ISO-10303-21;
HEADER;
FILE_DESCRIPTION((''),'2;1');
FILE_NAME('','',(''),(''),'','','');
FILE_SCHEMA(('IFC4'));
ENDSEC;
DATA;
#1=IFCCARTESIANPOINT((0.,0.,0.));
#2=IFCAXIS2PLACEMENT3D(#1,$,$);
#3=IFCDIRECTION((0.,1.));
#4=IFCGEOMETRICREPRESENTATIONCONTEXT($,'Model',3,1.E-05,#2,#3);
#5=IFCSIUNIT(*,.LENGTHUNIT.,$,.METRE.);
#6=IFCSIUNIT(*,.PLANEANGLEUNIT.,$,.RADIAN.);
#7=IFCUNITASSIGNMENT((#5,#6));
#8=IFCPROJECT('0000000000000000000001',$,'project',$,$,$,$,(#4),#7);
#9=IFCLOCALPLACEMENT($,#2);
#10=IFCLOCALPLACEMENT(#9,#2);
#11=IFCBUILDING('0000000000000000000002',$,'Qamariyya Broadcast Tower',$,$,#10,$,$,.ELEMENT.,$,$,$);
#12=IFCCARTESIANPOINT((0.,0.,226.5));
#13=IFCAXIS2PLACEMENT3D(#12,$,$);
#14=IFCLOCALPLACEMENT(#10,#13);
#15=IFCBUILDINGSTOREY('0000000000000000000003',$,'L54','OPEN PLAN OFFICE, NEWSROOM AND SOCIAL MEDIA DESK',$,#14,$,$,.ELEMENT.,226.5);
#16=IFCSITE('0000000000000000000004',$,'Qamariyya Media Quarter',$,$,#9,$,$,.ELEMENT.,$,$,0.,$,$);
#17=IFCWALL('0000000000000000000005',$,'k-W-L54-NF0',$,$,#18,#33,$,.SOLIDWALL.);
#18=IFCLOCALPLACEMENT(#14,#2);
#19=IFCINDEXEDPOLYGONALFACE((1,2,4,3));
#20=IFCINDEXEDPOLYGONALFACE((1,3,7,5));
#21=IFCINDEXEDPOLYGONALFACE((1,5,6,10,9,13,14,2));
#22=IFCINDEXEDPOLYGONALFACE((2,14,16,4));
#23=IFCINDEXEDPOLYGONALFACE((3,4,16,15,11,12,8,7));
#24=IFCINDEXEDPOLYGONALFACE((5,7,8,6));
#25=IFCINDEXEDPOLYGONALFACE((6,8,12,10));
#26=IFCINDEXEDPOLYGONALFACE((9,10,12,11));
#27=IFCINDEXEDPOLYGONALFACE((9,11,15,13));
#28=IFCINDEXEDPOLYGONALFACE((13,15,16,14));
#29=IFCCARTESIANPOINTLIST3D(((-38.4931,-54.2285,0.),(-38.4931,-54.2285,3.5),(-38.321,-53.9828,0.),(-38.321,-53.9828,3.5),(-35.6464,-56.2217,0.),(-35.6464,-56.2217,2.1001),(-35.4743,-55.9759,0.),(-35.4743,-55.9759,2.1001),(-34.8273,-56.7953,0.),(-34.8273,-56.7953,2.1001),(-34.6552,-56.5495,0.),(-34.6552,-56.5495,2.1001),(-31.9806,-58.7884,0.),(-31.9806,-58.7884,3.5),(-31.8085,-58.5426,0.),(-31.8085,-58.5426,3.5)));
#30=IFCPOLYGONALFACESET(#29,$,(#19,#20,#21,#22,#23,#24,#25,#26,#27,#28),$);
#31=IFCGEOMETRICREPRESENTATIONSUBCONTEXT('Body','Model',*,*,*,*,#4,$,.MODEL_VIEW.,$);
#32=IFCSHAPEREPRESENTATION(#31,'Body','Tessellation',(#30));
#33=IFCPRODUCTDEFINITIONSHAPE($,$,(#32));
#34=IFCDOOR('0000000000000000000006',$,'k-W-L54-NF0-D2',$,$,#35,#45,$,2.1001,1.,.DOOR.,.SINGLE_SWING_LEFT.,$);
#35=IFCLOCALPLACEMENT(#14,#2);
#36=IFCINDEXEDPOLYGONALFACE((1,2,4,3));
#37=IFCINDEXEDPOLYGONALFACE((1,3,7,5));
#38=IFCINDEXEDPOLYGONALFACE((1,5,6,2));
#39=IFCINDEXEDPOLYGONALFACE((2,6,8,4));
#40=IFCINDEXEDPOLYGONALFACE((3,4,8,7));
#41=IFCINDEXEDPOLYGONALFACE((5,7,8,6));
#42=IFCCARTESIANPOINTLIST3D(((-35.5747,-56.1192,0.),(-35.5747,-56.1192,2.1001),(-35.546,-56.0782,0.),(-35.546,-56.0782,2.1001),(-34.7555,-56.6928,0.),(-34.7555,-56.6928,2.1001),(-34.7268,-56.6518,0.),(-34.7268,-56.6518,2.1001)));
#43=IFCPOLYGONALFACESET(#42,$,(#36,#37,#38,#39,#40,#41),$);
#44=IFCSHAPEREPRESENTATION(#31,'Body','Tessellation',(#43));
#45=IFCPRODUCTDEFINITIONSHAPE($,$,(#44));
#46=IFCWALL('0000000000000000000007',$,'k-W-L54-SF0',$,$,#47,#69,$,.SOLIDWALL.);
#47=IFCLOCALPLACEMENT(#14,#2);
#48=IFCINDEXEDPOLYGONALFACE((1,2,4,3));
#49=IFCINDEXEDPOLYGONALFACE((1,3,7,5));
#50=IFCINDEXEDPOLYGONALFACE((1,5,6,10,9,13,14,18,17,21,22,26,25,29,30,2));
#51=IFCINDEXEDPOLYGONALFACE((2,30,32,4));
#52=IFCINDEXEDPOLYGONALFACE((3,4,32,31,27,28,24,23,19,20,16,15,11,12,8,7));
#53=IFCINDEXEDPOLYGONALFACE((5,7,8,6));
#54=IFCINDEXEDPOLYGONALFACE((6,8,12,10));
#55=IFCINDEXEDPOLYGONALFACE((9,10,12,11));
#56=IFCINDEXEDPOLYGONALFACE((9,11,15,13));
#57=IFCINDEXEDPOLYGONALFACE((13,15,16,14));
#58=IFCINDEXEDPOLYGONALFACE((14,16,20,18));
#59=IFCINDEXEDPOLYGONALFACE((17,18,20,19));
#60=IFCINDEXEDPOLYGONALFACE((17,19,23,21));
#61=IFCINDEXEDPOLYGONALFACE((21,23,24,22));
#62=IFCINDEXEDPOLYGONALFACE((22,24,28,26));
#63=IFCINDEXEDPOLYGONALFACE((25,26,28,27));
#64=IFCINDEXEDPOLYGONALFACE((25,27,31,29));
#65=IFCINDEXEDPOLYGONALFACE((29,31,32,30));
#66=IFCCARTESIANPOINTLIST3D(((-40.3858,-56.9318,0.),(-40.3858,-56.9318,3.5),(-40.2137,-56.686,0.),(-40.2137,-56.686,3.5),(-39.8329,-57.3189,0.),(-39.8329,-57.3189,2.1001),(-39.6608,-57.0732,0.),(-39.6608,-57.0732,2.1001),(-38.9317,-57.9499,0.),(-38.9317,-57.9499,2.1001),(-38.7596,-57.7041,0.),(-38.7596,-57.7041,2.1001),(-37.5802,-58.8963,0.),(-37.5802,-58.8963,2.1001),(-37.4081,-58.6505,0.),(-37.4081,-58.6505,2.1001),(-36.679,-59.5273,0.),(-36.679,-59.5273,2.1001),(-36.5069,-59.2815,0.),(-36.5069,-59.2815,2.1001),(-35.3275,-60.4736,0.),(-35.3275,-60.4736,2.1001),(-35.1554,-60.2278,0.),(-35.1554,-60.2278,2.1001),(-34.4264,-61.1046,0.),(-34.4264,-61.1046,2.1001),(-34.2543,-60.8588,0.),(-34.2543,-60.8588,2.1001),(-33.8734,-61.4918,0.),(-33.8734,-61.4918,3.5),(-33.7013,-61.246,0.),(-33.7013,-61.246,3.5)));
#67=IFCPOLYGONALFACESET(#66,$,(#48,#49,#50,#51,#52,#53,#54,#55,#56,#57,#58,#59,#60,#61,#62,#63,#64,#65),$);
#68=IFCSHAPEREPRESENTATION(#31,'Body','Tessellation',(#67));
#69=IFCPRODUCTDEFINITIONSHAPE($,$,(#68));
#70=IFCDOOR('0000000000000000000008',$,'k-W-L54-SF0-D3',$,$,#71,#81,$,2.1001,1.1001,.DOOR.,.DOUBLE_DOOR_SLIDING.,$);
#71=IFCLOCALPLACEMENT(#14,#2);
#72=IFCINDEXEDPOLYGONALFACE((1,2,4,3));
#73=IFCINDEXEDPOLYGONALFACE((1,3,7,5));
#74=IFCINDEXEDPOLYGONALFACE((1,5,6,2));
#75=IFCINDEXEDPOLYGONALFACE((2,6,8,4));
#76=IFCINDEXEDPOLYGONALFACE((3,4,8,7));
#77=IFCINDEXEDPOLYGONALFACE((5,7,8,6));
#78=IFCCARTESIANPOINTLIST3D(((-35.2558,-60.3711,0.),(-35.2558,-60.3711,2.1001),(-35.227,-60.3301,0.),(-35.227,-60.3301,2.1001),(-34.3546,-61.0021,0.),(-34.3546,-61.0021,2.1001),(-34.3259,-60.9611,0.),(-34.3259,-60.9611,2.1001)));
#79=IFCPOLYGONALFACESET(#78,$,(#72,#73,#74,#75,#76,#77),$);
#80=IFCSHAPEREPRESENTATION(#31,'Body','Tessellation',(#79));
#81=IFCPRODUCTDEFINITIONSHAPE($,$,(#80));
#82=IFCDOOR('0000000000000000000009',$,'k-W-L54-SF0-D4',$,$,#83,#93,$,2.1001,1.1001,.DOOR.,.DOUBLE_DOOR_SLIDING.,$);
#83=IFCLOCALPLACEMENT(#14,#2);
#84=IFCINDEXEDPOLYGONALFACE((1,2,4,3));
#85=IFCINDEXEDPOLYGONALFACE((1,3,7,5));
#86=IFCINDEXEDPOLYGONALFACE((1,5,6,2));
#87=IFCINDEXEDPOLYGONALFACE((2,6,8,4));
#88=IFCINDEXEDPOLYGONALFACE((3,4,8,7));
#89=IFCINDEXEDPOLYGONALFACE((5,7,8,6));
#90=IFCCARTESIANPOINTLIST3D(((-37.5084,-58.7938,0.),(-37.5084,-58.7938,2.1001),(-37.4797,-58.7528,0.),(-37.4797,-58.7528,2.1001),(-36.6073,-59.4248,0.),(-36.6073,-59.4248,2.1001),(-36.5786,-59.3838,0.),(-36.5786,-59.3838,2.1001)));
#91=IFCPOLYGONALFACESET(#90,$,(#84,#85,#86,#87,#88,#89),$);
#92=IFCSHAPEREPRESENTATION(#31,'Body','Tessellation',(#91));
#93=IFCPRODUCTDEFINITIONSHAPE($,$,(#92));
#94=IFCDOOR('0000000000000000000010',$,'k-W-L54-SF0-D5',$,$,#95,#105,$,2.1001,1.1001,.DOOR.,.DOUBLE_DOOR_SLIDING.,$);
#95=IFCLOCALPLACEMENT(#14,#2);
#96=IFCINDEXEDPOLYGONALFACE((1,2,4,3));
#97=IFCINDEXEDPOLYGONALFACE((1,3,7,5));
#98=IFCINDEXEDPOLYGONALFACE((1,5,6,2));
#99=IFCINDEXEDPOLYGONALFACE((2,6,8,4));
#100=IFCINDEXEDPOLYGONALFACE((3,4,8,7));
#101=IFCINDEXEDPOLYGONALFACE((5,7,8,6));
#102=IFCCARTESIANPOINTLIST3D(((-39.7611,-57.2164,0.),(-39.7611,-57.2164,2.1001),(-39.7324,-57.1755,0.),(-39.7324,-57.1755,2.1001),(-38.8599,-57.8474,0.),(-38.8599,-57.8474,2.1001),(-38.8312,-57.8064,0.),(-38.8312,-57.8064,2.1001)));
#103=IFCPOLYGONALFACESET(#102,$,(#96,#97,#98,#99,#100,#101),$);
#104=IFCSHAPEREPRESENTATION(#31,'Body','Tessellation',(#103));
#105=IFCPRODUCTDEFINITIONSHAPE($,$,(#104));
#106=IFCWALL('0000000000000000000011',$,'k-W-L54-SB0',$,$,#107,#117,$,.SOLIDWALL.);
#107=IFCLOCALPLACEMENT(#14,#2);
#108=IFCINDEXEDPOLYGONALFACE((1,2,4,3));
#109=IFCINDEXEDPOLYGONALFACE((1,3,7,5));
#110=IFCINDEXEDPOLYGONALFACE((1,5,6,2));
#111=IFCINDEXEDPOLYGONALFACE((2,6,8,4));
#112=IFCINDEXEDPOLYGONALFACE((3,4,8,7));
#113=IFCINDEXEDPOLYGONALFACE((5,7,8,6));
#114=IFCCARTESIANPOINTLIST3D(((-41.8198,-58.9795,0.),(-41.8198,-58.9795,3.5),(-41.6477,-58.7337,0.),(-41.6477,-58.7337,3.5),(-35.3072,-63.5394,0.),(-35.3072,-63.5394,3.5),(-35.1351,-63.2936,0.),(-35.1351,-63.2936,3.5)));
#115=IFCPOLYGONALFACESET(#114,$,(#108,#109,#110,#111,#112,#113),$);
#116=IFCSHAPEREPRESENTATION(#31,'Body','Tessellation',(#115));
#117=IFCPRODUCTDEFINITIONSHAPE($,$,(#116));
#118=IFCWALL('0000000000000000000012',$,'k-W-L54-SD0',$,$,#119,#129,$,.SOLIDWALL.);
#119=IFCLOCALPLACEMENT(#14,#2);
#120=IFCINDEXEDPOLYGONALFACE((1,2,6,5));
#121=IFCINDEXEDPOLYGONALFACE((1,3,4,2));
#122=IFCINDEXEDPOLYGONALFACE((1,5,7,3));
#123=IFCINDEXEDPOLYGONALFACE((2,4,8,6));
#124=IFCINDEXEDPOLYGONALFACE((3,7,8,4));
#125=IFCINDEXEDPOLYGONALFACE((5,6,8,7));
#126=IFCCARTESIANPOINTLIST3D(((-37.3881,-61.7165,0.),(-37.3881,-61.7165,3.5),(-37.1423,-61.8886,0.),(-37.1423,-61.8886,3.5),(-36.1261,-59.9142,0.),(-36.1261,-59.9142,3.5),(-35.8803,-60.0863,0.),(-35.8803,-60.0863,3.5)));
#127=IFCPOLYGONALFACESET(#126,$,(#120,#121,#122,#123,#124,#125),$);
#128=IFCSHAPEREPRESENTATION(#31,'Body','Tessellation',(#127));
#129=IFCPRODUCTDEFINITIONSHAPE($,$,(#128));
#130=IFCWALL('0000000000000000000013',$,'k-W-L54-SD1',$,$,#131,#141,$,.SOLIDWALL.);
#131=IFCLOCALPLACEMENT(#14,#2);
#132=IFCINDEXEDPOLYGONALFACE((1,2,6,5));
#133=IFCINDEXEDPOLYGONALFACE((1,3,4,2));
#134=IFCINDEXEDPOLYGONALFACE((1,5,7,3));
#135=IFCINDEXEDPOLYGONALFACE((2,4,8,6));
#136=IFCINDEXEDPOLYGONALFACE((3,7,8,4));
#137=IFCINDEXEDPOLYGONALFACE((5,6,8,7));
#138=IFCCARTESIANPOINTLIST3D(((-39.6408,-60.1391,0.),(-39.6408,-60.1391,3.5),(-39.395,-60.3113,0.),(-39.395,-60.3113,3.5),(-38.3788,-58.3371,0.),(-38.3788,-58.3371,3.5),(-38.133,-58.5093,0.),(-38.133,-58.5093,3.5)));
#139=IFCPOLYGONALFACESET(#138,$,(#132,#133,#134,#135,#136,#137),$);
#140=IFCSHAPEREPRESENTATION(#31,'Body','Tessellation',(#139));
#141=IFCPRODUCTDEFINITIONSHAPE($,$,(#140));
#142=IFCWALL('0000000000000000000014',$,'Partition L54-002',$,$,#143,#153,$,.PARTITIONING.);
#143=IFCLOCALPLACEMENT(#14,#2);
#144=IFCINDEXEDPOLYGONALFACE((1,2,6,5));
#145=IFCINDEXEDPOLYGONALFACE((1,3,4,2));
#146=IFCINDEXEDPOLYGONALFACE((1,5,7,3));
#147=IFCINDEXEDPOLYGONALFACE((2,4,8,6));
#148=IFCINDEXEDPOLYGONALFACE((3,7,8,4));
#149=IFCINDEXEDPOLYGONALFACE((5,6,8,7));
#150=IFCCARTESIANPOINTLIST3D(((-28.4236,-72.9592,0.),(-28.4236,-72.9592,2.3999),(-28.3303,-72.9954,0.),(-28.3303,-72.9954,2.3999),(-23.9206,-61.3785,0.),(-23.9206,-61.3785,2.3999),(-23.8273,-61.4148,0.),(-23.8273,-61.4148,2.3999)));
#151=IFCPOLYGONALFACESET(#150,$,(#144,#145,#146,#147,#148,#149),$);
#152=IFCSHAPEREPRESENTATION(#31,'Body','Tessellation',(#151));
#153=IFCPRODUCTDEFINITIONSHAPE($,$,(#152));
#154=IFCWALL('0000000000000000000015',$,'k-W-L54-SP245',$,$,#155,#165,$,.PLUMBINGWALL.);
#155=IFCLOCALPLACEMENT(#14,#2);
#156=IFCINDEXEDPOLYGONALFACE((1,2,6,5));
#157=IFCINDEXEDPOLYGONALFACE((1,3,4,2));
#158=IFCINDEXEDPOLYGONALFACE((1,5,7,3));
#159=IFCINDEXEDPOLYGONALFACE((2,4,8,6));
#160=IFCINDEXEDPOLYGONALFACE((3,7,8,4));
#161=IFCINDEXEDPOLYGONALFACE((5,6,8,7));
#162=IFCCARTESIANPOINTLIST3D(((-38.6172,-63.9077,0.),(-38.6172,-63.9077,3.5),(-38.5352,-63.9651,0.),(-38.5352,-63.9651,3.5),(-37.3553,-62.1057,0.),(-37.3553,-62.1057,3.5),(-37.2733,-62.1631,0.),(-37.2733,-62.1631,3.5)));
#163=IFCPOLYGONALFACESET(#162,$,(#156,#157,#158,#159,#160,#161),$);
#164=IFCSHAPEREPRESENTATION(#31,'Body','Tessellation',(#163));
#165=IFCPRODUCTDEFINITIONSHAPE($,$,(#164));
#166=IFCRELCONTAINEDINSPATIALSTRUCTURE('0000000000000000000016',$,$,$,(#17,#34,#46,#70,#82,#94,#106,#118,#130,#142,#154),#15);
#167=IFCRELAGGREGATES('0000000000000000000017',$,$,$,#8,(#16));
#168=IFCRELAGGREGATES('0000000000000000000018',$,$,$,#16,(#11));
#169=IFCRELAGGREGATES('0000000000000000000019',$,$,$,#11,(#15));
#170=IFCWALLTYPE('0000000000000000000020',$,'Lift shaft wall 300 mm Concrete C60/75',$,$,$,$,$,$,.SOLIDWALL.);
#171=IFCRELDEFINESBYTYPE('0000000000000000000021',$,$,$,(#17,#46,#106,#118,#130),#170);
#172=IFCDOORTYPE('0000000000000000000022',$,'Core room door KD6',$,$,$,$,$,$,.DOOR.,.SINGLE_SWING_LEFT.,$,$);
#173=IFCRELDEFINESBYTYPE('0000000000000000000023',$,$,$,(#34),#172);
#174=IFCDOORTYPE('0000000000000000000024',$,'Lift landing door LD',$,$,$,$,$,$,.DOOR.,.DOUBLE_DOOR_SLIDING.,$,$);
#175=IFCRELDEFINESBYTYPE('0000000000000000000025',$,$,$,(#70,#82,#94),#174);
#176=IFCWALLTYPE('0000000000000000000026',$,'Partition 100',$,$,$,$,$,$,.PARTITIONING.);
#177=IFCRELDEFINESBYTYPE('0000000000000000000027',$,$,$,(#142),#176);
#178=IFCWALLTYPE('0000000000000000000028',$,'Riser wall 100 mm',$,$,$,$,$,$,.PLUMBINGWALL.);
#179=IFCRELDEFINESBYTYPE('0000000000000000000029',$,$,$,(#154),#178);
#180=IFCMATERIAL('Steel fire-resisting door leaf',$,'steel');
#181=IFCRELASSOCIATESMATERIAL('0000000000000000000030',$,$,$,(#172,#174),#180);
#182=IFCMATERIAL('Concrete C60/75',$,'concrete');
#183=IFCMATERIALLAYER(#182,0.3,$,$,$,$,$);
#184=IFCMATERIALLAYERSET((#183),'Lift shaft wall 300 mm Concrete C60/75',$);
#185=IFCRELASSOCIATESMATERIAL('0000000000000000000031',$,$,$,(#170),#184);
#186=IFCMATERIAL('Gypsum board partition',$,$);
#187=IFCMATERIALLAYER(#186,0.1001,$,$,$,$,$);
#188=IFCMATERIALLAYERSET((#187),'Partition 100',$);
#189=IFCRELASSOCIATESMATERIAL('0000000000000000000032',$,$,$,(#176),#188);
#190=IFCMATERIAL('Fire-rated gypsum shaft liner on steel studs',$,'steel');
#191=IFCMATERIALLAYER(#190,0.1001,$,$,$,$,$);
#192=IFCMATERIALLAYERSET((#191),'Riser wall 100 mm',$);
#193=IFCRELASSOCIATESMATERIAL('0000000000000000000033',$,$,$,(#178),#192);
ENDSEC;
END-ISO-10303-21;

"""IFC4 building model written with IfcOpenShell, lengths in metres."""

from ifc_helpers import new_model, si_unit, direction, frame, frame_2d, origin, place, context, subcontext, project, spatial, rectangle, extrude, material, layer, layer_set, type_object, element, fill, save


model = new_model("IFC4")

# Units and contexts
model_context = context("Model", 3, precision=1e-05, world=origin(), true_north=direction((0.0, 1.0)))
body_context = subcontext(model_context, "Body", "Model", "MODEL_VIEW")
ifc_project = project(units=[si_unit("LENGTHUNIT", "METRE"), si_unit("PLANEANGLEUNIT", "RADIAN")], contexts=[model_context])

# Site, building, storey
site_placement = place(None, origin())
site = spatial("IfcSite", under=ifc_project, at=site_placement, Name="Qamariyya Media Quarter", CompositionType="ELEMENT", RefElevation=0.0)
building_placement = place(site_placement, origin())
building = spatial("IfcBuilding", under=site, at=building_placement, Name="Qamariyya Broadcast Tower", CompositionType="ELEMENT")
storey_placement = place(building_placement, frame((0.0, 0.0, 226.5)))
storey = spatial("IfcBuildingStorey", under=building, at=storey_placement, Name="L54", Description="OPEN PLAN OFFICE, NEWSROOM AND SOCIAL MEDIA DESK", CompositionType="ELEMENT", Elevation=226.5)

# Shared definitions
ifc_material_1 = material(Name="Concrete C60/75", Category="concrete")

# Shared definitions
ifc_material_2 = material(Name="Steel fire-resisting door leaf", Category="steel")

# Shared definitions
door_type_1 = type_object("IfcDoorType", Name="Core room door KD6", OperationType="SINGLE_SWING_LEFT", PredefinedType="DOOR", material=ifc_material_2)

# Wall, opening, door
ifc_layer_1 = layer(ifc_material_1, 0.3)
ifc_layer_set_1 = layer_set([ifc_layer_1], Name="Lift shaft wall 300 mm Concrete C60/75")
wall_type_1 = type_object("IfcWallType", Name="Lift shaft wall 300 mm Concrete C60/75", PredefinedType="SOLIDWALL", material=ifc_layer_set_1)
wall_1_placement = place(storey_placement, frame((-31.8945, -58.6655, 0.0), z_axis=(0.0, 0.0, 1.0), x_axis=(-0.819167, 0.573555, 0.0)))
wall_1 = element("IfcWall", 1, at=wall_1_placement, inside=storey, type_object=wall_type_1, Name="k-W-L54-NF0", PredefinedType="SOLIDWALL", context=body_context, shape_type="SweptSolid", body=[
    extrude(rectangle(XDim=7.9502, YDim=0.3, at=frame_2d((3.9751, 0.0))), origin(), (0.0, 0.0, 1.0), 3.5),
])
opening_1_placement = place(wall_1_placement, frame((3.4751, 0.0, 0.0)))
opening_1 = element("IfcOpeningElement", 2, at=opening_1_placement, cuts=wall_1, PredefinedType="OPENING", context=body_context, shape_type="SweptSolid", body=[
    extrude(rectangle(XDim=1.0, YDim=2.1001, at=frame_2d((0.5, 1.05))), frame((0.0, 0.1599, 0.0), z_axis=(0.0, -1.0, 0.0), x_axis=(1.0, 0.0, 0.0)), (0.0, 0.0, 1.0), 0.3201),
])
door_1_placement = place(opening_1_placement, origin())
door_1 = element("IfcDoor", 3, at=door_1_placement, inside=storey, type_object=door_type_1, Name="k-W-L54-NF0-D2", OperationType="SINGLE_SWING_LEFT", OverallHeight=2.1001, OverallWidth=1.0, PredefinedType="DOOR", context=body_context, shape_type="SweptSolid", body=[
    extrude(rectangle(XDim=1.0, YDim=2.1001, at=frame_2d((0.5, 1.05))), frame((0.0, 0.0249, 0.0), z_axis=(0.0, -1.0, 0.0), x_axis=(1.0, 0.0, 0.0)), (0.0, 0.0, 1.0), 0.05),
])
fill(opening_1, door_1)

# Wall, openings, doors
wall_2_placement = place(storey_placement, frame((-33.7874, -61.3689, 0.0), z_axis=(0.0, 0.0, 1.0), x_axis=(-0.819153, 0.573576, 0.0)))
wall_2 = element("IfcWall", 4, at=wall_2_placement, inside=storey, type_object=wall_type_1, Name="k-W-L54-SF0", PredefinedType="SOLIDWALL", context=body_context, shape_type="SweptSolid", body=[
    extrude(rectangle(XDim=7.9502, YDim=0.3, at=frame_2d((3.9751, 0.0))), origin(), (0.0, 0.0, 1.0), 3.5),
])
opening_2_placement = place(wall_2_placement, frame((0.675, 0.0, 0.0)))
opening_2 = element("IfcOpeningElement", 5, at=opening_2_placement, cuts=wall_2, PredefinedType="OPENING", context=body_context, shape_type="SweptSolid", body=[
    extrude(rectangle(XDim=1.1001, YDim=2.1001, at=frame_2d((0.55, 1.05))), frame((0.0, 0.1599, 0.0), z_axis=(0.0, -1.0, 0.0), x_axis=(1.0, 0.0, 0.0)), (0.0, 0.0, 1.0), 0.3201),
])
opening_3_placement = place(wall_2_placement, frame((3.425, 0.0, 0.0)))
opening_3 = element("IfcOpeningElement", 6, at=opening_3_placement, cuts=wall_2, PredefinedType="OPENING", context=body_context, shape_type="SweptSolid", body=[
    extrude(rectangle(XDim=1.1001, YDim=2.1001, at=frame_2d((0.55, 1.05))), frame((0.0, 0.1599, 0.0), z_axis=(0.0, -1.0, 0.0), x_axis=(1.0, 0.0, 0.0)), (0.0, 0.0, 1.0), 0.3201),
])
opening_4_placement = place(wall_2_placement, frame((6.175, 0.0, 0.0)))
opening_4 = element("IfcOpeningElement", 7, at=opening_4_placement, cuts=wall_2, PredefinedType="OPENING", context=body_context, shape_type="SweptSolid", body=[
    extrude(rectangle(XDim=1.1001, YDim=2.1001, at=frame_2d((0.55, 1.05))), frame((0.0, 0.1599, 0.0), z_axis=(0.0, -1.0, 0.0), x_axis=(1.0, 0.0, 0.0)), (0.0, 0.0, 1.0), 0.3201),
])
door_type_2 = type_object("IfcDoorType", Name="Lift landing door LD", OperationType="DOUBLE_DOOR_SLIDING", PredefinedType="DOOR", material=ifc_material_2)
door_2_placement = place(opening_2_placement, origin())
door_2 = element("IfcDoor", 8, at=door_2_placement, inside=storey, type_object=door_type_2, Name="k-W-L54-SF0-D3", OperationType="DOUBLE_DOOR_SLIDING", OverallHeight=2.1001, OverallWidth=1.1001, PredefinedType="DOOR", context=body_context, shape_type="SweptSolid", body=[
    extrude(rectangle(XDim=1.1001, YDim=2.1001, at=frame_2d((0.55, 1.05))), frame((0.0, 0.0249, 0.0), z_axis=(0.0, -1.0, 0.0), x_axis=(1.0, 0.0, 0.0)), (0.0, 0.0, 1.0), 0.05),
])
fill(opening_2, door_2)
door_3_placement = place(opening_3_placement, origin())
door_3 = element("IfcDoor", 9, at=door_3_placement, inside=storey, type_object=door_type_2, Name="k-W-L54-SF0-D4", OperationType="DOUBLE_DOOR_SLIDING", OverallHeight=2.1001, OverallWidth=1.1001, PredefinedType="DOOR", context=body_context, shape_type="SweptSolid", body=[
    extrude(rectangle(XDim=1.1001, YDim=2.1001, at=frame_2d((0.55, 1.05))), frame((0.0, 0.0249, 0.0), z_axis=(0.0, -1.0, 0.0), x_axis=(1.0, 0.0, 0.0)), (0.0, 0.0, 1.0), 0.05),
])
fill(opening_3, door_3)
door_4_placement = place(opening_4_placement, origin())
door_4 = element("IfcDoor", 10, at=door_4_placement, inside=storey, type_object=door_type_2, Name="k-W-L54-SF0-D5", OperationType="DOUBLE_DOOR_SLIDING", OverallHeight=2.1001, OverallWidth=1.1001, PredefinedType="DOOR", context=body_context, shape_type="SweptSolid", body=[
    extrude(rectangle(XDim=1.1001, YDim=2.1001, at=frame_2d((0.55, 1.05))), frame((0.0, 0.0249, 0.0), z_axis=(0.0, -1.0, 0.0), x_axis=(1.0, 0.0, 0.0)), (0.0, 0.0, 1.0), 0.05),
])
fill(opening_4, door_4)

# Walls
wall_3_placement = place(storey_placement, frame((-35.2212, -63.4165, 0.0), z_axis=(0.0, 0.0, 1.0), x_axis=(-0.819167, 0.573555, 0.0)))
element("IfcWall", 11, at=wall_3_placement, inside=storey, type_object=wall_type_1, Name="k-W-L54-SB0", PredefinedType="SOLIDWALL", context=body_context, shape_type="SweptSolid", body=[
    extrude(rectangle(XDim=7.9502, YDim=0.3, at=frame_2d((3.9751, 0.0))), origin(), (0.0, 0.0, 1.0), 3.5),
])
wall_4_placement = place(storey_placement, frame((-36.0032, -60.0002, 0.0), z_axis=(0.0, 0.0, 1.0), x_axis=(-0.573581, -0.819149, 0.0)))
element("IfcWall", 12, at=wall_4_placement, inside=storey, type_object=wall_type_1, Name="k-W-L54-SD0", PredefinedType="SOLIDWALL", context=body_context, shape_type="SweptSolid", body=[
    extrude(rectangle(XDim=2.2002, YDim=0.3, at=frame_2d((1.1001, 0.0))), origin(), (0.0, 0.0, 1.0), 3.5),
])
wall_5_placement = place(storey_placement, frame((-38.2559, -58.4231, 0.0), z_axis=(0.0, 0.0, 1.0), x_axis=(-0.573634, -0.819112, 0.0)))
element("IfcWall", 13, at=wall_5_placement, inside=storey, type_object=wall_type_1, Name="k-W-L54-SD1", PredefinedType="SOLIDWALL", context=body_context, shape_type="SweptSolid", body=[
    extrude(rectangle(XDim=2.2, YDim=0.3, at=frame_2d((1.1001, 0.0))), origin(), (0.0, 0.0, 1.0), 3.5),
])
ifc_material_3 = material(Name="Gypsum board partition")
ifc_layer_2 = layer(ifc_material_3, 0.1001)
ifc_layer_set_2 = layer_set([ifc_layer_2], Name="Partition 100")
wall_type_2 = type_object("IfcWallType", Name="Partition 100", PredefinedType="PARTITIONING", material=ifc_layer_set_2)
wall_6_placement = place(storey_placement, frame((-28.377, -72.9773, 0.0), z_axis=(0.0, 0.0, 1.0), x_axis=(0.362403, 0.932022, 0.0)))
element("IfcWall", 14, at=wall_6_placement, inside=storey, type_object=wall_type_2, Name="Partition L54-002", PredefinedType="PARTITIONING", context=body_context, shape_type="SweptSolid", body=[
    extrude(rectangle(XDim=12.4253, YDim=0.1001, at=frame_2d((6.2126, 0.0))), origin(), (0.0, 0.0, 1.0), 2.3999),
])
ifc_material_4 = material(Name="Fire-rated gypsum shaft liner on steel studs", Category="steel")
ifc_layer_3 = layer(ifc_material_4, 0.1001)
ifc_layer_set_3 = layer_set([ifc_layer_3], Name="Riser wall 100 mm")
wall_type_3 = type_object("IfcWallType", Name="Riser wall 100 mm", PredefinedType="PLUMBINGWALL", material=ifc_layer_set_3)
wall_7_placement = place(storey_placement, frame((-37.3142, -62.1343, 0.0), z_axis=(0.0, 0.0, 1.0), x_axis=(-0.573634, -0.819112, 0.0)))
element("IfcWall", 15, at=wall_7_placement, inside=storey, type_object=wall_type_3, Name="k-W-L54-SP245", PredefinedType="PLUMBINGWALL", context=body_context, shape_type="SweptSolid", body=[
    extrude(rectangle(XDim=2.2, YDim=0.1001, at=frame_2d((1.1001, 0.0))), origin(), (0.0, 0.0, 1.0), 3.5),
])

save(model, "model.ifc")
